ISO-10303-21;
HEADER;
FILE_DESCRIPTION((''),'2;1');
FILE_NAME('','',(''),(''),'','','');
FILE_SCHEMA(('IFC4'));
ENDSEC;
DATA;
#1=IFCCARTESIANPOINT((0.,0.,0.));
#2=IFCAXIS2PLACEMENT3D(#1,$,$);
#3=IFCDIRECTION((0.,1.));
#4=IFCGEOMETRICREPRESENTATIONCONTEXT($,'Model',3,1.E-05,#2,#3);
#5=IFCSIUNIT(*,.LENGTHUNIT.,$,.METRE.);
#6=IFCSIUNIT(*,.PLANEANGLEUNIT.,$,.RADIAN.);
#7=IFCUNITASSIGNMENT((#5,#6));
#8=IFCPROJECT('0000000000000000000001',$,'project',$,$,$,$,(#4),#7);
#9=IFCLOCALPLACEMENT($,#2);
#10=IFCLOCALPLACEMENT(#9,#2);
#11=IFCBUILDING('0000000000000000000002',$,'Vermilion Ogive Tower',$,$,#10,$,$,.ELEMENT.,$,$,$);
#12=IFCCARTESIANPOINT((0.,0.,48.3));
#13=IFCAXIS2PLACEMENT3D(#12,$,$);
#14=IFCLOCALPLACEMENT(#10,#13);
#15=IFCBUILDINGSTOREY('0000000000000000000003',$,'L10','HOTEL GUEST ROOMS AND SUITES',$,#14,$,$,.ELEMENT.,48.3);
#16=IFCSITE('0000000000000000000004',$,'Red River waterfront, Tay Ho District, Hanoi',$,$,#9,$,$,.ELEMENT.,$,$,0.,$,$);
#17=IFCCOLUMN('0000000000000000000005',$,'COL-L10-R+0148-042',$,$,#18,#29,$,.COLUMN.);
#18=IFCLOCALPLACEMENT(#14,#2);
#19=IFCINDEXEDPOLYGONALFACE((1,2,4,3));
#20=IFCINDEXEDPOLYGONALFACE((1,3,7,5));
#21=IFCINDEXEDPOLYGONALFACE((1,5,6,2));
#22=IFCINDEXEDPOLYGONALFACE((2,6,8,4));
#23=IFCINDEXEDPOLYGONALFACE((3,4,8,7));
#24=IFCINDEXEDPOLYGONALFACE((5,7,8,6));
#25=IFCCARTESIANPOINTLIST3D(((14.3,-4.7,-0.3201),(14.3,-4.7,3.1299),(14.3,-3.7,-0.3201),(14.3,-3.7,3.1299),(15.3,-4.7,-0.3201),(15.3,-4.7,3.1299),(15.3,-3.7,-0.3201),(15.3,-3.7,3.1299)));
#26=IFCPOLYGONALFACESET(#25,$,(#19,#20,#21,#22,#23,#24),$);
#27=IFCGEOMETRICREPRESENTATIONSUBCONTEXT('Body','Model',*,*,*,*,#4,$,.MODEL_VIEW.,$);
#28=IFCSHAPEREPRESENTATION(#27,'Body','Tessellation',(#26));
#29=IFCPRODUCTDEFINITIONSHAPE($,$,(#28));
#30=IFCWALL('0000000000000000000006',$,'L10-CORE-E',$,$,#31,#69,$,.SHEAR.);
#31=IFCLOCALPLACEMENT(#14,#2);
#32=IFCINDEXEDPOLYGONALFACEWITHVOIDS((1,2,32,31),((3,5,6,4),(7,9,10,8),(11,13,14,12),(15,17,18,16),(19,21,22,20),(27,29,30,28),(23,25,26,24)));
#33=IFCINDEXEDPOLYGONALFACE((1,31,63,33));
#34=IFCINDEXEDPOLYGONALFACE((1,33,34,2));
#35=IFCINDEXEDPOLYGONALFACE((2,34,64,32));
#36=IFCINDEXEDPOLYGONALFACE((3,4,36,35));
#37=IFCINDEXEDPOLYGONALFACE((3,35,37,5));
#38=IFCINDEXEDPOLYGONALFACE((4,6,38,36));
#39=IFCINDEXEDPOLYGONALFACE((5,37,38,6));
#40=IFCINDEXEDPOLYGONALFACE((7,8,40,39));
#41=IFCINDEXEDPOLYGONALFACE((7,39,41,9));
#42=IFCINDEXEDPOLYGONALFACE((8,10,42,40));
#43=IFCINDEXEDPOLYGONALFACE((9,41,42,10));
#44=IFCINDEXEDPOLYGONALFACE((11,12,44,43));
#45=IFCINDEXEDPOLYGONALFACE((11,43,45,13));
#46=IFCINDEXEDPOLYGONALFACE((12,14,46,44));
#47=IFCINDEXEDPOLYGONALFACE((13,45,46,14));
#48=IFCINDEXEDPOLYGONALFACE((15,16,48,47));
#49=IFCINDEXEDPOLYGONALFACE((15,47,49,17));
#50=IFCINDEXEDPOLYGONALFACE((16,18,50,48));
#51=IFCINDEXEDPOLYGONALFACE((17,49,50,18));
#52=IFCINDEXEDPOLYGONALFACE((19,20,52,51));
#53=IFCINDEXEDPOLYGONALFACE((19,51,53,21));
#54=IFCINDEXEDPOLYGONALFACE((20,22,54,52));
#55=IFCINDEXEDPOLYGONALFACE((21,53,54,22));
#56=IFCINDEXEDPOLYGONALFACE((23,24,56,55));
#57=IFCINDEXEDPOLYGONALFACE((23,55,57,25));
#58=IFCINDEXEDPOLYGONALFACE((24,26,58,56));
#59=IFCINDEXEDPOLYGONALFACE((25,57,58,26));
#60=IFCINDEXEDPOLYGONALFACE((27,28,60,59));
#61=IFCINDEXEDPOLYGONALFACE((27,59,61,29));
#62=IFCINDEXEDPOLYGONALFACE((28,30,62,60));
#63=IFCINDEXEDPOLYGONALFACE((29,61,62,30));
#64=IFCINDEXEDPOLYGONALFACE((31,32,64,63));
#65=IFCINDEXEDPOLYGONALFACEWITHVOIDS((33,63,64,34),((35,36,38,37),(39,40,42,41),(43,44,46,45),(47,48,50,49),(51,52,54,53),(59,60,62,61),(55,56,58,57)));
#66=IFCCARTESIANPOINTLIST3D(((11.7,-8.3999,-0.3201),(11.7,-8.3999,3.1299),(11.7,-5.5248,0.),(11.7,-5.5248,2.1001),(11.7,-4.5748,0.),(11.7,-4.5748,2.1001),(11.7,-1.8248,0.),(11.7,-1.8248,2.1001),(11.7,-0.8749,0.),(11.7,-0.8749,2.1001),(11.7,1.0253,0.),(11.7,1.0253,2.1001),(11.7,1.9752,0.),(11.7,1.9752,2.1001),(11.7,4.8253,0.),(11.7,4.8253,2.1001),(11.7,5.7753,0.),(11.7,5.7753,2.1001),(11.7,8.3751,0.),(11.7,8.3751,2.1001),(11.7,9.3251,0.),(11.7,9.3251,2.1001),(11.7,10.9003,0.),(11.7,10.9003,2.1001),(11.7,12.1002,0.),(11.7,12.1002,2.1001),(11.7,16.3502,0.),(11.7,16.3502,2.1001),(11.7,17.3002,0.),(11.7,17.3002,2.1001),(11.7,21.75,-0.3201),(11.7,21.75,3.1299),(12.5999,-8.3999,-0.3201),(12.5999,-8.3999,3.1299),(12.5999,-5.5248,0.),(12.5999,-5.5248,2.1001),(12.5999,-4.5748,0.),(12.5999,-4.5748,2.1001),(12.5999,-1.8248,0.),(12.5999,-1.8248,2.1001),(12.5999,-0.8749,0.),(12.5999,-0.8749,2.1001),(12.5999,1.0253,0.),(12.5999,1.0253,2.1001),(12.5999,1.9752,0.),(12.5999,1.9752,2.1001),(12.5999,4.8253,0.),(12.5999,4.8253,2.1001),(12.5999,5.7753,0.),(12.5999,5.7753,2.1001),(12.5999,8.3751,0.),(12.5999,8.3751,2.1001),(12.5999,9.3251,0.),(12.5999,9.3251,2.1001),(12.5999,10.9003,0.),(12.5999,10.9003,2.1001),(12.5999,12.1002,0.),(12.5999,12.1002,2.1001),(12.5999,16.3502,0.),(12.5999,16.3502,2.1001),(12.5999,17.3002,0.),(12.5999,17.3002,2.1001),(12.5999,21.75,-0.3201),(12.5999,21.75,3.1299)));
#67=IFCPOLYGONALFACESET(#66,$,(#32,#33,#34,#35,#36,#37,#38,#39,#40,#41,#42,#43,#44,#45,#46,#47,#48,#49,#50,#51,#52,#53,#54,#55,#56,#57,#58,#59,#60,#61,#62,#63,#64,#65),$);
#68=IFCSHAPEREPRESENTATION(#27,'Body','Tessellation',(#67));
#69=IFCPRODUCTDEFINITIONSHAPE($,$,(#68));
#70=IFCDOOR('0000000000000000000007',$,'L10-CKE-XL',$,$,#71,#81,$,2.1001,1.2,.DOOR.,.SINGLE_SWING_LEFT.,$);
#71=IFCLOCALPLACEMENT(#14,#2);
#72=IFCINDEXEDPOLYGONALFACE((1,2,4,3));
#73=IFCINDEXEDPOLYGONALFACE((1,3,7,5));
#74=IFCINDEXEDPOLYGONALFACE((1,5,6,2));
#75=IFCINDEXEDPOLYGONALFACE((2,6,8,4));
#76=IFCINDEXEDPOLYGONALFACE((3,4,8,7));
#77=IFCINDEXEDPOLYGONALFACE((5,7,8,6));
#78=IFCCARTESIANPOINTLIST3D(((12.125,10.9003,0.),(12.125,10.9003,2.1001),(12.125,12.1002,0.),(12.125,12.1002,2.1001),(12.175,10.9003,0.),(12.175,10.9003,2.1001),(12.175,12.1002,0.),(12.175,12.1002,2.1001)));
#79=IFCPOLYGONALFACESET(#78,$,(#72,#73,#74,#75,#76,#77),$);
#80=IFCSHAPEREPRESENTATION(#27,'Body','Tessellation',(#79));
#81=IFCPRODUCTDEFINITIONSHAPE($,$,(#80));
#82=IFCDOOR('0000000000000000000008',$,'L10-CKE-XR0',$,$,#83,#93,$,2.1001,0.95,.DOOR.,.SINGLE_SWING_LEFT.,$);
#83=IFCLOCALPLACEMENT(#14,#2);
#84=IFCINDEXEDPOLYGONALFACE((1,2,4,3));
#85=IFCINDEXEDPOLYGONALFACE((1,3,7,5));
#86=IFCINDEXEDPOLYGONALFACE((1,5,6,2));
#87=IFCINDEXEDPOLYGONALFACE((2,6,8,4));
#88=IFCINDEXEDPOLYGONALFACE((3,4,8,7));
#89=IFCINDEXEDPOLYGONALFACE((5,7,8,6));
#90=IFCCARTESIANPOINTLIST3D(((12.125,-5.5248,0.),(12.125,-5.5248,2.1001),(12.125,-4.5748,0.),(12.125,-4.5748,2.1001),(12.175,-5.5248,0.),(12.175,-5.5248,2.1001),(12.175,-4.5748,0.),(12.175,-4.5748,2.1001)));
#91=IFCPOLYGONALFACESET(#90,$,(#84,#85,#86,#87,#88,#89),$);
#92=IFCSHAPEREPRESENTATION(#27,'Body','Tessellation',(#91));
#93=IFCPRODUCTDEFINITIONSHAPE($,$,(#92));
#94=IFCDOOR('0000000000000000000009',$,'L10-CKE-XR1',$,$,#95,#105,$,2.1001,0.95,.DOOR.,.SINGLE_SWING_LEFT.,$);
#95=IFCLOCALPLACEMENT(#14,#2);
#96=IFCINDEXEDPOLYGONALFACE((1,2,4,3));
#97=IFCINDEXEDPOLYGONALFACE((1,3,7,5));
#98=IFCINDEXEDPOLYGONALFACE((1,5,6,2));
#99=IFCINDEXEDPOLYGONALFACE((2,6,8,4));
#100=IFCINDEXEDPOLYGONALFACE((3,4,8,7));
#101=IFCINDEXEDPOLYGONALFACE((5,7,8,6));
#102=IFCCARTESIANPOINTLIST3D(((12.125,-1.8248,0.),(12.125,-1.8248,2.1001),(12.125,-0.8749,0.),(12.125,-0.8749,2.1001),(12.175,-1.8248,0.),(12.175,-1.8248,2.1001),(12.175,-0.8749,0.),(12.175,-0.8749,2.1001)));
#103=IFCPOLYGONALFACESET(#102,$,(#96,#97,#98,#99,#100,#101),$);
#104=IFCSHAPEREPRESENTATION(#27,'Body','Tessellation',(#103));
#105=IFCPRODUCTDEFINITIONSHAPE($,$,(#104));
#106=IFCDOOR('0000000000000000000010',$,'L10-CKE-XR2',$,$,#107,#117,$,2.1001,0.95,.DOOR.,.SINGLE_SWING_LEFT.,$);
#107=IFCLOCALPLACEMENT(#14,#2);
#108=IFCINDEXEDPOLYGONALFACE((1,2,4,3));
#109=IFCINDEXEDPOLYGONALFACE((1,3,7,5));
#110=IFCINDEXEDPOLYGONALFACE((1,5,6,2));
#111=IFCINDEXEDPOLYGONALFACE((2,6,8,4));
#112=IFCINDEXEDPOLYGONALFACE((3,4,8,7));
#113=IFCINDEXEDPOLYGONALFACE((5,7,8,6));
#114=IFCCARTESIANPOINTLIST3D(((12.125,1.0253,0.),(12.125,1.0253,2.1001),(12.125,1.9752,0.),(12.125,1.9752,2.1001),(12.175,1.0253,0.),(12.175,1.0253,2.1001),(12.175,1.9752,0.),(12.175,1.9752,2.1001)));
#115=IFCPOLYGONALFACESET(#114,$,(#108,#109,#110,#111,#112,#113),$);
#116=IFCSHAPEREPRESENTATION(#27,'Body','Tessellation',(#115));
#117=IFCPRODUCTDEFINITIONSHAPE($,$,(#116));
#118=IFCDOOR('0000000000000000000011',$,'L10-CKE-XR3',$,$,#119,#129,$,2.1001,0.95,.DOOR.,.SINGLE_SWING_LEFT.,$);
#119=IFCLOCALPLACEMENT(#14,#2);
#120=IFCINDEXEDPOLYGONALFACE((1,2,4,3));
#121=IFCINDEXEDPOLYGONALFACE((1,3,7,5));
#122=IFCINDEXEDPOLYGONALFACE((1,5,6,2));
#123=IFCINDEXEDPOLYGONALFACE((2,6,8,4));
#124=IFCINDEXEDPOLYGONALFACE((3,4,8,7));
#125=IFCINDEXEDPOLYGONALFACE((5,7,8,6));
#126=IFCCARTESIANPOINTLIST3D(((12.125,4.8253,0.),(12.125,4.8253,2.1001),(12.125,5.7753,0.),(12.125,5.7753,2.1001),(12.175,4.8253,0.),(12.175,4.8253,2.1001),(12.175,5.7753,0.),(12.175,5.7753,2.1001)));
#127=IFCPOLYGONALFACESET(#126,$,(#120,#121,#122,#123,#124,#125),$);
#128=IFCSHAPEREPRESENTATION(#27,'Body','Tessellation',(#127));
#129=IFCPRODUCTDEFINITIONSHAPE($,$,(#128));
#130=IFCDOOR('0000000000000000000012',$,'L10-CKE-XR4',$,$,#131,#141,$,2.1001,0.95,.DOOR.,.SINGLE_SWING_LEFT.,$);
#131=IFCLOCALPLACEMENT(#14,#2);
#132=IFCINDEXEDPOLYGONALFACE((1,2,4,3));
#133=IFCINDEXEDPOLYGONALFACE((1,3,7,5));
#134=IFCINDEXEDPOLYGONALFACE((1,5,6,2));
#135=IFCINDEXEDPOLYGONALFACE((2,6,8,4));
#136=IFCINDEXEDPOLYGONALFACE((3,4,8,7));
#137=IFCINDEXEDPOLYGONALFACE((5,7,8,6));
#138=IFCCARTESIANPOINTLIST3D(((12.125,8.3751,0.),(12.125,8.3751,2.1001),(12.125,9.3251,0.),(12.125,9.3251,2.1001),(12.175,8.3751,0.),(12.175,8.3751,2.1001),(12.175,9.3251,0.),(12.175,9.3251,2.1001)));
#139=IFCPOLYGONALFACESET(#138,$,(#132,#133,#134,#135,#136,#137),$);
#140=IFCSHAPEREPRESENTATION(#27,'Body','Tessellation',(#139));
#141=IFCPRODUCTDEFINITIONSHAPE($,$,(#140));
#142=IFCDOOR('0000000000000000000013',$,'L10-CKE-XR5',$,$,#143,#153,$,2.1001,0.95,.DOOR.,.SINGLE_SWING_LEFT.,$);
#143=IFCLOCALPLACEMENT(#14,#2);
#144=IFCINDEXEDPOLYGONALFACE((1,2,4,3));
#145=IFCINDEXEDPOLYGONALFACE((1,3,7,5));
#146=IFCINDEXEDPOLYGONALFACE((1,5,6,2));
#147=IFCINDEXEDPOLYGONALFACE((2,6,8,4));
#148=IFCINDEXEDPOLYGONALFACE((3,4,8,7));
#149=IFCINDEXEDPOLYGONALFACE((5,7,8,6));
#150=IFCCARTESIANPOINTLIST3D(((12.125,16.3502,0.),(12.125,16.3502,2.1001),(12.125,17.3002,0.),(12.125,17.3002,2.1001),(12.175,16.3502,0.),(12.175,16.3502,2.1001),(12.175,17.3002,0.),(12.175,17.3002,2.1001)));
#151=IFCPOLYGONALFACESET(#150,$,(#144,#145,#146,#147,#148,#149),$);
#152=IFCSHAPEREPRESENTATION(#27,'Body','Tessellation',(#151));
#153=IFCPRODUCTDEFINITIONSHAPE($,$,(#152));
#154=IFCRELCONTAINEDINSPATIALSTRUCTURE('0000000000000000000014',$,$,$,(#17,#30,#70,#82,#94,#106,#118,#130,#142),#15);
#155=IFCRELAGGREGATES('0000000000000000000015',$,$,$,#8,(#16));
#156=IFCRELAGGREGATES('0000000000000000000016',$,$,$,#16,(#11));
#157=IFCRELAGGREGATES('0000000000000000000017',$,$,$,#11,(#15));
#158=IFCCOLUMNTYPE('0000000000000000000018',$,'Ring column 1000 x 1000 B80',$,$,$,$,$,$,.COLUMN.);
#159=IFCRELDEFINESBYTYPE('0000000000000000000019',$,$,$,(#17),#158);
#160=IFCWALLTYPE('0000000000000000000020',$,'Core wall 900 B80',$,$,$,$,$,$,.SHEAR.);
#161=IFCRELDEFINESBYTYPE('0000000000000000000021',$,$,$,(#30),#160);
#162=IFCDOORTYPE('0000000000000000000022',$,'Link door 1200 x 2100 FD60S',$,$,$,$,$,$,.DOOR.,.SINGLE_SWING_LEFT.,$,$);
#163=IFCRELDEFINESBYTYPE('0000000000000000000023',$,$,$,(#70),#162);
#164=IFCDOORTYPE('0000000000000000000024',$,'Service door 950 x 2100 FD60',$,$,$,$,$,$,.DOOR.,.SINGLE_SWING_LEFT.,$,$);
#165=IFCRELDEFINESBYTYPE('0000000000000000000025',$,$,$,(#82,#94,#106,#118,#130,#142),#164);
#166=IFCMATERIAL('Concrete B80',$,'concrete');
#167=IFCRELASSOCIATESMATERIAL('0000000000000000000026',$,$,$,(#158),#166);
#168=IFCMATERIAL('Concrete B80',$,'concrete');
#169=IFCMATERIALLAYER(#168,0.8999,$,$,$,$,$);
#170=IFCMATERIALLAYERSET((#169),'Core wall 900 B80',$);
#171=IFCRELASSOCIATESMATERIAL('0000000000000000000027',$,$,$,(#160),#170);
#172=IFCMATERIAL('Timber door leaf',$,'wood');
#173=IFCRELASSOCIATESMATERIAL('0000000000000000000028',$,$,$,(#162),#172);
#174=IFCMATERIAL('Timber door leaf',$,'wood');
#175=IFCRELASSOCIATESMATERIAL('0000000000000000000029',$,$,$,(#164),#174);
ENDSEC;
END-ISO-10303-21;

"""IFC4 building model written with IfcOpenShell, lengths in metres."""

from ifc_helpers import new_model, si_unit, direction, frame, frame_2d, origin, origin_2d, place, context, subcontext, project, spatial, rectangle, extrude, material, layer, layer_set, material_profile, profile_set, type_object, element, fill, save


model = new_model("IFC4")

# Units and contexts
model_context = context("Model", 3, precision=1e-05, world=origin(), true_north=direction((0.0, 1.0)))
body_context = subcontext(model_context, "Body", "Model", "MODEL_VIEW")
ifc_project = project(units=[si_unit("LENGTHUNIT", "METRE"), si_unit("PLANEANGLEUNIT", "RADIAN")], contexts=[model_context])

# Site, building, storey
site_placement = place(None, origin())
site = spatial("IfcSite", under=ifc_project, at=site_placement, Name="Red River waterfront, Tay Ho District, Hanoi", CompositionType="ELEMENT", RefElevation=0.0)
building_placement = place(site_placement, origin())
building = spatial("IfcBuilding", under=site, at=building_placement, Name="Vermilion Ogive Tower", CompositionType="ELEMENT")
storey_placement = place(building_placement, frame((0.0, 0.0, 48.3)))
storey = spatial("IfcBuildingStorey", under=building, at=storey_placement, Name="L10", Description="HOTEL GUEST ROOMS AND SUITES", CompositionType="ELEMENT", Elevation=48.3)

# Column
ifc_material_1 = material(Name="Concrete B80", Category="concrete")
ifc_material_profile = material_profile(ifc_material_1, rectangle(XDim=1.0, YDim=1.0, at=origin_2d()), Name="1000 x 1000")
ifc_profile_set = profile_set([ifc_material_profile], Name="Concrete B80")
column_type = type_object("IfcColumnType", Name="Ring column 1000 x 1000 B80", PredefinedType="COLUMN", material=ifc_profile_set)
column_placement = place(storey_placement, frame((14.8, -4.2, -0.3201), z_axis=(0.0, 0.0, 1.0), x_axis=(1.0, 0.0, 0.0)))
element("IfcColumn", 1, at=column_placement, inside=storey, type_object=column_type, Name="COL-L10-R+0148-042", PredefinedType="COLUMN", context=body_context, shape_type="SweptSolid", body=[
    extrude(rectangle(XDim=1.0, YDim=1.0, at=origin_2d()), origin(), (0.0, 0.0, 1.0), 3.45),
])

# Wall, openings, doors
ifc_material_2 = material(Name="Concrete B80", Category="concrete")
ifc_layer_1 = layer(ifc_material_2, 0.8999)
ifc_layer_set_1 = layer_set([ifc_layer_1], Name="Core wall 900 B80")
wall_type_1 = type_object("IfcWallType", Name="Core wall 900 B80", PredefinedType="SHEAR", material=ifc_layer_set_1)
wall_1_placement = place(storey_placement, frame((12.1499, -8.3999, -0.3201), z_axis=(0.0, 0.0, 1.0), x_axis=(0.0, 1.0, 0.0)))
wall_1 = element("IfcWall", 2, at=wall_1_placement, inside=storey, type_object=wall_type_1, Name="L10-CORE-E", PredefinedType="SHEAR", context=body_context, shape_type="SweptSolid", body=[
    extrude(rectangle(XDim=30.1499, YDim=0.8999, at=frame_2d((15.075, 0.0))), origin(), (0.0, 0.0, 1.0), 3.45),
])
opening_1_placement = place(wall_1_placement, frame((2.875, 0.0, 0.3201)))
opening_1 = element("IfcOpeningElement", 3, at=opening_1_placement, cuts=wall_1, PredefinedType="OPENING", context=body_context, shape_type="SweptSolid", body=[
    extrude(rectangle(XDim=0.95, YDim=2.1001, at=frame_2d((0.4751, 1.05))), frame((0.0, 0.46, 0.0), z_axis=(0.0, -1.0, 0.0), x_axis=(1.0, 0.0, 0.0)), (0.0, 0.0, 1.0), 0.9199),
])
opening_2_placement = place(wall_1_placement, frame((6.575, 0.0, 0.3201)))
opening_2 = element("IfcOpeningElement", 4, at=opening_2_placement, cuts=wall_1, PredefinedType="OPENING", context=body_context, shape_type="SweptSolid", body=[
    extrude(rectangle(XDim=0.95, YDim=2.1001, at=frame_2d((0.4751, 1.05))), frame((0.0, 0.46, 0.0), z_axis=(0.0, -1.0, 0.0), x_axis=(1.0, 0.0, 0.0)), (0.0, 0.0, 1.0), 0.9199),
])
opening_3_placement = place(wall_1_placement, frame((9.425, 0.0, 0.3201)))
opening_3 = element("IfcOpeningElement", 5, at=opening_3_placement, cuts=wall_1, PredefinedType="OPENING", context=body_context, shape_type="SweptSolid", body=[
    extrude(rectangle(XDim=0.95, YDim=2.1001, at=frame_2d((0.4751, 1.05))), frame((0.0, 0.46, 0.0), z_axis=(0.0, -1.0, 0.0), x_axis=(1.0, 0.0, 0.0)), (0.0, 0.0, 1.0), 0.9199),
])
opening_4_placement = place(wall_1_placement, frame((13.2251, 0.0, 0.3201)))
opening_4 = element("IfcOpeningElement", 6, at=opening_4_placement, cuts=wall_1, PredefinedType="OPENING", context=body_context, shape_type="SweptSolid", body=[
    extrude(rectangle(XDim=0.95, YDim=2.1001, at=frame_2d((0.4751, 1.05))), frame((0.0, 0.46, 0.0), z_axis=(0.0, -1.0, 0.0), x_axis=(1.0, 0.0, 0.0)), (0.0, 0.0, 1.0), 0.9199),
])
opening_5_placement = place(wall_1_placement, frame((16.7749, 0.0, 0.3201)))
opening_5 = element("IfcOpeningElement", 7, at=opening_5_placement, cuts=wall_1, PredefinedType="OPENING", context=body_context, shape_type="SweptSolid", body=[
    extrude(rectangle(XDim=0.95, YDim=2.1001, at=frame_2d((0.4751, 1.05))), frame((0.0, 0.46, 0.0), z_axis=(0.0, -1.0, 0.0), x_axis=(1.0, 0.0, 0.0)), (0.0, 0.0, 1.0), 0.9199),
])
opening_6_placement = place(wall_1_placement, frame((24.75, 0.0, 0.3201)))
opening_6 = element("IfcOpeningElement", 8, at=opening_6_placement, cuts=wall_1, PredefinedType="OPENING", context=body_context, shape_type="SweptSolid", body=[
    extrude(rectangle(XDim=0.95, YDim=2.1001, at=frame_2d((0.4751, 1.05))), frame((0.0, 0.46, 0.0), z_axis=(0.0, -1.0, 0.0), x_axis=(1.0, 0.0, 0.0)), (0.0, 0.0, 1.0), 0.9199),
])
opening_7_placement = place(wall_1_placement, frame((19.3, 0.0, 0.3201)))
opening_7 = element("IfcOpeningElement", 9, at=opening_7_placement, cuts=wall_1, PredefinedType="OPENING", context=body_context, shape_type="SweptSolid", body=[
    extrude(rectangle(XDim=1.2, YDim=2.1001, at=frame_2d((0.6001, 1.05))), frame((0.0, 0.46, 0.0), z_axis=(0.0, -1.0, 0.0), x_axis=(1.0, 0.0, 0.0)), (0.0, 0.0, 1.0), 0.9199),
])
ifc_material_3 = material(Name="Timber door leaf", Category="wood")
door_type_1 = type_object("IfcDoorType", Name="Link door 1200 x 2100 FD60S", OperationType="SINGLE_SWING_LEFT", PredefinedType="DOOR", material=ifc_material_3)
door_1_placement = place(opening_7_placement, origin())
door_1 = element("IfcDoor", 10, at=door_1_placement, inside=storey, type_object=door_type_1, Name="L10-CKE-XL", OperationType="SINGLE_SWING_LEFT", OverallHeight=2.1001, OverallWidth=1.2, PredefinedType="DOOR", context=body_context, shape_type="SweptSolid", body=[
    extrude(rectangle(XDim=1.2, YDim=2.1001, at=frame_2d((0.6001, 1.05))), frame((0.0, 0.0249, 0.0), z_axis=(0.0, -1.0, 0.0), x_axis=(1.0, 0.0, 0.0)), (0.0, 0.0, 1.0), 0.05),
])
fill(opening_7, door_1)
ifc_material_4 = material(Name="Timber door leaf", Category="wood")
door_type_2 = type_object("IfcDoorType", Name="Service door 950 x 2100 FD60", OperationType="SINGLE_SWING_LEFT", PredefinedType="DOOR", material=ifc_material_4)
door_2_placement = place(opening_1_placement, origin())
door_2 = element("IfcDoor", 11, at=door_2_placement, inside=storey, type_object=door_type_2, Name="L10-CKE-XR0", OperationType="SINGLE_SWING_LEFT", OverallHeight=2.1001, OverallWidth=0.95, PredefinedType="DOOR", context=body_context, shape_type="SweptSolid", body=[
    extrude(rectangle(XDim=0.95, YDim=2.1001, at=frame_2d((0.4751, 1.05))), frame((0.0, 0.0249, 0.0), z_axis=(0.0, -1.0, 0.0), x_axis=(1.0, 0.0, 0.0)), (0.0, 0.0, 1.0), 0.05),
])
fill(opening_1, door_2)
door_3_placement = place(opening_2_placement, origin())
door_3 = element("IfcDoor", 12, at=door_3_placement, inside=storey, type_object=door_type_2, Name="L10-CKE-XR1", OperationType="SINGLE_SWING_LEFT", OverallHeight=2.1001, OverallWidth=0.95, PredefinedType="DOOR", context=body_context, shape_type="SweptSolid", body=[
    extrude(rectangle(XDim=0.95, YDim=2.1001, at=frame_2d((0.4751, 1.05))), frame((0.0, 0.0249, 0.0), z_axis=(0.0, -1.0, 0.0), x_axis=(1.0, 0.0, 0.0)), (0.0, 0.0, 1.0), 0.05),
])
fill(opening_2, door_3)
door_4_placement = place(opening_3_placement, origin())
door_4 = element("IfcDoor", 13, at=door_4_placement, inside=storey, type_object=door_type_2, Name="L10-CKE-XR2", OperationType="SINGLE_SWING_LEFT", OverallHeight=2.1001, OverallWidth=0.95, PredefinedType="DOOR", context=body_context, shape_type="SweptSolid", body=[
    extrude(rectangle(XDim=0.95, YDim=2.1001, at=frame_2d((0.4751, 1.05))), frame((0.0, 0.0249, 0.0), z_axis=(0.0, -1.0, 0.0), x_axis=(1.0, 0.0, 0.0)), (0.0, 0.0, 1.0), 0.05),
])
fill(opening_3, door_4)
door_5_placement = place(opening_4_placement, origin())
door_5 = element("IfcDoor", 14, at=door_5_placement, inside=storey, type_object=door_type_2, Name="L10-CKE-XR3", OperationType="SINGLE_SWING_LEFT", OverallHeight=2.1001, OverallWidth=0.95, PredefinedType="DOOR", context=body_context, shape_type="SweptSolid", body=[
    extrude(rectangle(XDim=0.95, YDim=2.1001, at=frame_2d((0.4751, 1.05))), frame((0.0, 0.0249, 0.0), z_axis=(0.0, -1.0, 0.0), x_axis=(1.0, 0.0, 0.0)), (0.0, 0.0, 1.0), 0.05),
])
fill(opening_4, door_5)
door_6_placement = place(opening_5_placement, origin())
door_6 = element("IfcDoor", 15, at=door_6_placement, inside=storey, type_object=door_type_2, Name="L10-CKE-XR4", OperationType="SINGLE_SWING_LEFT", OverallHeight=2.1001, OverallWidth=0.95, PredefinedType="DOOR", context=body_context, shape_type="SweptSolid", body=[
    extrude(rectangle(XDim=0.95, YDim=2.1001, at=frame_2d((0.4751, 1.05))), frame((0.0, 0.0249, 0.0), z_axis=(0.0, -1.0, 0.0), x_axis=(1.0, 0.0, 0.0)), (0.0, 0.0, 1.0), 0.05),
])
fill(opening_5, door_6)
door_7_placement = place(opening_6_placement, origin())
door_7 = element("IfcDoor", 16, at=door_7_placement, inside=storey, type_object=door_type_2, Name="L10-CKE-XR5", OperationType="SINGLE_SWING_LEFT", OverallHeight=2.1001, OverallWidth=0.95, PredefinedType="DOOR", context=body_context, shape_type="SweptSolid", body=[
    extrude(rectangle(XDim=0.95, YDim=2.1001, at=frame_2d((0.4751, 1.05))), frame((0.0, 0.0249, 0.0), z_axis=(0.0, -1.0, 0.0), x_axis=(1.0, 0.0, 0.0)), (0.0, 0.0, 1.0), 0.05),
])
fill(opening_6, door_7)

save(model, "model.ifc")
